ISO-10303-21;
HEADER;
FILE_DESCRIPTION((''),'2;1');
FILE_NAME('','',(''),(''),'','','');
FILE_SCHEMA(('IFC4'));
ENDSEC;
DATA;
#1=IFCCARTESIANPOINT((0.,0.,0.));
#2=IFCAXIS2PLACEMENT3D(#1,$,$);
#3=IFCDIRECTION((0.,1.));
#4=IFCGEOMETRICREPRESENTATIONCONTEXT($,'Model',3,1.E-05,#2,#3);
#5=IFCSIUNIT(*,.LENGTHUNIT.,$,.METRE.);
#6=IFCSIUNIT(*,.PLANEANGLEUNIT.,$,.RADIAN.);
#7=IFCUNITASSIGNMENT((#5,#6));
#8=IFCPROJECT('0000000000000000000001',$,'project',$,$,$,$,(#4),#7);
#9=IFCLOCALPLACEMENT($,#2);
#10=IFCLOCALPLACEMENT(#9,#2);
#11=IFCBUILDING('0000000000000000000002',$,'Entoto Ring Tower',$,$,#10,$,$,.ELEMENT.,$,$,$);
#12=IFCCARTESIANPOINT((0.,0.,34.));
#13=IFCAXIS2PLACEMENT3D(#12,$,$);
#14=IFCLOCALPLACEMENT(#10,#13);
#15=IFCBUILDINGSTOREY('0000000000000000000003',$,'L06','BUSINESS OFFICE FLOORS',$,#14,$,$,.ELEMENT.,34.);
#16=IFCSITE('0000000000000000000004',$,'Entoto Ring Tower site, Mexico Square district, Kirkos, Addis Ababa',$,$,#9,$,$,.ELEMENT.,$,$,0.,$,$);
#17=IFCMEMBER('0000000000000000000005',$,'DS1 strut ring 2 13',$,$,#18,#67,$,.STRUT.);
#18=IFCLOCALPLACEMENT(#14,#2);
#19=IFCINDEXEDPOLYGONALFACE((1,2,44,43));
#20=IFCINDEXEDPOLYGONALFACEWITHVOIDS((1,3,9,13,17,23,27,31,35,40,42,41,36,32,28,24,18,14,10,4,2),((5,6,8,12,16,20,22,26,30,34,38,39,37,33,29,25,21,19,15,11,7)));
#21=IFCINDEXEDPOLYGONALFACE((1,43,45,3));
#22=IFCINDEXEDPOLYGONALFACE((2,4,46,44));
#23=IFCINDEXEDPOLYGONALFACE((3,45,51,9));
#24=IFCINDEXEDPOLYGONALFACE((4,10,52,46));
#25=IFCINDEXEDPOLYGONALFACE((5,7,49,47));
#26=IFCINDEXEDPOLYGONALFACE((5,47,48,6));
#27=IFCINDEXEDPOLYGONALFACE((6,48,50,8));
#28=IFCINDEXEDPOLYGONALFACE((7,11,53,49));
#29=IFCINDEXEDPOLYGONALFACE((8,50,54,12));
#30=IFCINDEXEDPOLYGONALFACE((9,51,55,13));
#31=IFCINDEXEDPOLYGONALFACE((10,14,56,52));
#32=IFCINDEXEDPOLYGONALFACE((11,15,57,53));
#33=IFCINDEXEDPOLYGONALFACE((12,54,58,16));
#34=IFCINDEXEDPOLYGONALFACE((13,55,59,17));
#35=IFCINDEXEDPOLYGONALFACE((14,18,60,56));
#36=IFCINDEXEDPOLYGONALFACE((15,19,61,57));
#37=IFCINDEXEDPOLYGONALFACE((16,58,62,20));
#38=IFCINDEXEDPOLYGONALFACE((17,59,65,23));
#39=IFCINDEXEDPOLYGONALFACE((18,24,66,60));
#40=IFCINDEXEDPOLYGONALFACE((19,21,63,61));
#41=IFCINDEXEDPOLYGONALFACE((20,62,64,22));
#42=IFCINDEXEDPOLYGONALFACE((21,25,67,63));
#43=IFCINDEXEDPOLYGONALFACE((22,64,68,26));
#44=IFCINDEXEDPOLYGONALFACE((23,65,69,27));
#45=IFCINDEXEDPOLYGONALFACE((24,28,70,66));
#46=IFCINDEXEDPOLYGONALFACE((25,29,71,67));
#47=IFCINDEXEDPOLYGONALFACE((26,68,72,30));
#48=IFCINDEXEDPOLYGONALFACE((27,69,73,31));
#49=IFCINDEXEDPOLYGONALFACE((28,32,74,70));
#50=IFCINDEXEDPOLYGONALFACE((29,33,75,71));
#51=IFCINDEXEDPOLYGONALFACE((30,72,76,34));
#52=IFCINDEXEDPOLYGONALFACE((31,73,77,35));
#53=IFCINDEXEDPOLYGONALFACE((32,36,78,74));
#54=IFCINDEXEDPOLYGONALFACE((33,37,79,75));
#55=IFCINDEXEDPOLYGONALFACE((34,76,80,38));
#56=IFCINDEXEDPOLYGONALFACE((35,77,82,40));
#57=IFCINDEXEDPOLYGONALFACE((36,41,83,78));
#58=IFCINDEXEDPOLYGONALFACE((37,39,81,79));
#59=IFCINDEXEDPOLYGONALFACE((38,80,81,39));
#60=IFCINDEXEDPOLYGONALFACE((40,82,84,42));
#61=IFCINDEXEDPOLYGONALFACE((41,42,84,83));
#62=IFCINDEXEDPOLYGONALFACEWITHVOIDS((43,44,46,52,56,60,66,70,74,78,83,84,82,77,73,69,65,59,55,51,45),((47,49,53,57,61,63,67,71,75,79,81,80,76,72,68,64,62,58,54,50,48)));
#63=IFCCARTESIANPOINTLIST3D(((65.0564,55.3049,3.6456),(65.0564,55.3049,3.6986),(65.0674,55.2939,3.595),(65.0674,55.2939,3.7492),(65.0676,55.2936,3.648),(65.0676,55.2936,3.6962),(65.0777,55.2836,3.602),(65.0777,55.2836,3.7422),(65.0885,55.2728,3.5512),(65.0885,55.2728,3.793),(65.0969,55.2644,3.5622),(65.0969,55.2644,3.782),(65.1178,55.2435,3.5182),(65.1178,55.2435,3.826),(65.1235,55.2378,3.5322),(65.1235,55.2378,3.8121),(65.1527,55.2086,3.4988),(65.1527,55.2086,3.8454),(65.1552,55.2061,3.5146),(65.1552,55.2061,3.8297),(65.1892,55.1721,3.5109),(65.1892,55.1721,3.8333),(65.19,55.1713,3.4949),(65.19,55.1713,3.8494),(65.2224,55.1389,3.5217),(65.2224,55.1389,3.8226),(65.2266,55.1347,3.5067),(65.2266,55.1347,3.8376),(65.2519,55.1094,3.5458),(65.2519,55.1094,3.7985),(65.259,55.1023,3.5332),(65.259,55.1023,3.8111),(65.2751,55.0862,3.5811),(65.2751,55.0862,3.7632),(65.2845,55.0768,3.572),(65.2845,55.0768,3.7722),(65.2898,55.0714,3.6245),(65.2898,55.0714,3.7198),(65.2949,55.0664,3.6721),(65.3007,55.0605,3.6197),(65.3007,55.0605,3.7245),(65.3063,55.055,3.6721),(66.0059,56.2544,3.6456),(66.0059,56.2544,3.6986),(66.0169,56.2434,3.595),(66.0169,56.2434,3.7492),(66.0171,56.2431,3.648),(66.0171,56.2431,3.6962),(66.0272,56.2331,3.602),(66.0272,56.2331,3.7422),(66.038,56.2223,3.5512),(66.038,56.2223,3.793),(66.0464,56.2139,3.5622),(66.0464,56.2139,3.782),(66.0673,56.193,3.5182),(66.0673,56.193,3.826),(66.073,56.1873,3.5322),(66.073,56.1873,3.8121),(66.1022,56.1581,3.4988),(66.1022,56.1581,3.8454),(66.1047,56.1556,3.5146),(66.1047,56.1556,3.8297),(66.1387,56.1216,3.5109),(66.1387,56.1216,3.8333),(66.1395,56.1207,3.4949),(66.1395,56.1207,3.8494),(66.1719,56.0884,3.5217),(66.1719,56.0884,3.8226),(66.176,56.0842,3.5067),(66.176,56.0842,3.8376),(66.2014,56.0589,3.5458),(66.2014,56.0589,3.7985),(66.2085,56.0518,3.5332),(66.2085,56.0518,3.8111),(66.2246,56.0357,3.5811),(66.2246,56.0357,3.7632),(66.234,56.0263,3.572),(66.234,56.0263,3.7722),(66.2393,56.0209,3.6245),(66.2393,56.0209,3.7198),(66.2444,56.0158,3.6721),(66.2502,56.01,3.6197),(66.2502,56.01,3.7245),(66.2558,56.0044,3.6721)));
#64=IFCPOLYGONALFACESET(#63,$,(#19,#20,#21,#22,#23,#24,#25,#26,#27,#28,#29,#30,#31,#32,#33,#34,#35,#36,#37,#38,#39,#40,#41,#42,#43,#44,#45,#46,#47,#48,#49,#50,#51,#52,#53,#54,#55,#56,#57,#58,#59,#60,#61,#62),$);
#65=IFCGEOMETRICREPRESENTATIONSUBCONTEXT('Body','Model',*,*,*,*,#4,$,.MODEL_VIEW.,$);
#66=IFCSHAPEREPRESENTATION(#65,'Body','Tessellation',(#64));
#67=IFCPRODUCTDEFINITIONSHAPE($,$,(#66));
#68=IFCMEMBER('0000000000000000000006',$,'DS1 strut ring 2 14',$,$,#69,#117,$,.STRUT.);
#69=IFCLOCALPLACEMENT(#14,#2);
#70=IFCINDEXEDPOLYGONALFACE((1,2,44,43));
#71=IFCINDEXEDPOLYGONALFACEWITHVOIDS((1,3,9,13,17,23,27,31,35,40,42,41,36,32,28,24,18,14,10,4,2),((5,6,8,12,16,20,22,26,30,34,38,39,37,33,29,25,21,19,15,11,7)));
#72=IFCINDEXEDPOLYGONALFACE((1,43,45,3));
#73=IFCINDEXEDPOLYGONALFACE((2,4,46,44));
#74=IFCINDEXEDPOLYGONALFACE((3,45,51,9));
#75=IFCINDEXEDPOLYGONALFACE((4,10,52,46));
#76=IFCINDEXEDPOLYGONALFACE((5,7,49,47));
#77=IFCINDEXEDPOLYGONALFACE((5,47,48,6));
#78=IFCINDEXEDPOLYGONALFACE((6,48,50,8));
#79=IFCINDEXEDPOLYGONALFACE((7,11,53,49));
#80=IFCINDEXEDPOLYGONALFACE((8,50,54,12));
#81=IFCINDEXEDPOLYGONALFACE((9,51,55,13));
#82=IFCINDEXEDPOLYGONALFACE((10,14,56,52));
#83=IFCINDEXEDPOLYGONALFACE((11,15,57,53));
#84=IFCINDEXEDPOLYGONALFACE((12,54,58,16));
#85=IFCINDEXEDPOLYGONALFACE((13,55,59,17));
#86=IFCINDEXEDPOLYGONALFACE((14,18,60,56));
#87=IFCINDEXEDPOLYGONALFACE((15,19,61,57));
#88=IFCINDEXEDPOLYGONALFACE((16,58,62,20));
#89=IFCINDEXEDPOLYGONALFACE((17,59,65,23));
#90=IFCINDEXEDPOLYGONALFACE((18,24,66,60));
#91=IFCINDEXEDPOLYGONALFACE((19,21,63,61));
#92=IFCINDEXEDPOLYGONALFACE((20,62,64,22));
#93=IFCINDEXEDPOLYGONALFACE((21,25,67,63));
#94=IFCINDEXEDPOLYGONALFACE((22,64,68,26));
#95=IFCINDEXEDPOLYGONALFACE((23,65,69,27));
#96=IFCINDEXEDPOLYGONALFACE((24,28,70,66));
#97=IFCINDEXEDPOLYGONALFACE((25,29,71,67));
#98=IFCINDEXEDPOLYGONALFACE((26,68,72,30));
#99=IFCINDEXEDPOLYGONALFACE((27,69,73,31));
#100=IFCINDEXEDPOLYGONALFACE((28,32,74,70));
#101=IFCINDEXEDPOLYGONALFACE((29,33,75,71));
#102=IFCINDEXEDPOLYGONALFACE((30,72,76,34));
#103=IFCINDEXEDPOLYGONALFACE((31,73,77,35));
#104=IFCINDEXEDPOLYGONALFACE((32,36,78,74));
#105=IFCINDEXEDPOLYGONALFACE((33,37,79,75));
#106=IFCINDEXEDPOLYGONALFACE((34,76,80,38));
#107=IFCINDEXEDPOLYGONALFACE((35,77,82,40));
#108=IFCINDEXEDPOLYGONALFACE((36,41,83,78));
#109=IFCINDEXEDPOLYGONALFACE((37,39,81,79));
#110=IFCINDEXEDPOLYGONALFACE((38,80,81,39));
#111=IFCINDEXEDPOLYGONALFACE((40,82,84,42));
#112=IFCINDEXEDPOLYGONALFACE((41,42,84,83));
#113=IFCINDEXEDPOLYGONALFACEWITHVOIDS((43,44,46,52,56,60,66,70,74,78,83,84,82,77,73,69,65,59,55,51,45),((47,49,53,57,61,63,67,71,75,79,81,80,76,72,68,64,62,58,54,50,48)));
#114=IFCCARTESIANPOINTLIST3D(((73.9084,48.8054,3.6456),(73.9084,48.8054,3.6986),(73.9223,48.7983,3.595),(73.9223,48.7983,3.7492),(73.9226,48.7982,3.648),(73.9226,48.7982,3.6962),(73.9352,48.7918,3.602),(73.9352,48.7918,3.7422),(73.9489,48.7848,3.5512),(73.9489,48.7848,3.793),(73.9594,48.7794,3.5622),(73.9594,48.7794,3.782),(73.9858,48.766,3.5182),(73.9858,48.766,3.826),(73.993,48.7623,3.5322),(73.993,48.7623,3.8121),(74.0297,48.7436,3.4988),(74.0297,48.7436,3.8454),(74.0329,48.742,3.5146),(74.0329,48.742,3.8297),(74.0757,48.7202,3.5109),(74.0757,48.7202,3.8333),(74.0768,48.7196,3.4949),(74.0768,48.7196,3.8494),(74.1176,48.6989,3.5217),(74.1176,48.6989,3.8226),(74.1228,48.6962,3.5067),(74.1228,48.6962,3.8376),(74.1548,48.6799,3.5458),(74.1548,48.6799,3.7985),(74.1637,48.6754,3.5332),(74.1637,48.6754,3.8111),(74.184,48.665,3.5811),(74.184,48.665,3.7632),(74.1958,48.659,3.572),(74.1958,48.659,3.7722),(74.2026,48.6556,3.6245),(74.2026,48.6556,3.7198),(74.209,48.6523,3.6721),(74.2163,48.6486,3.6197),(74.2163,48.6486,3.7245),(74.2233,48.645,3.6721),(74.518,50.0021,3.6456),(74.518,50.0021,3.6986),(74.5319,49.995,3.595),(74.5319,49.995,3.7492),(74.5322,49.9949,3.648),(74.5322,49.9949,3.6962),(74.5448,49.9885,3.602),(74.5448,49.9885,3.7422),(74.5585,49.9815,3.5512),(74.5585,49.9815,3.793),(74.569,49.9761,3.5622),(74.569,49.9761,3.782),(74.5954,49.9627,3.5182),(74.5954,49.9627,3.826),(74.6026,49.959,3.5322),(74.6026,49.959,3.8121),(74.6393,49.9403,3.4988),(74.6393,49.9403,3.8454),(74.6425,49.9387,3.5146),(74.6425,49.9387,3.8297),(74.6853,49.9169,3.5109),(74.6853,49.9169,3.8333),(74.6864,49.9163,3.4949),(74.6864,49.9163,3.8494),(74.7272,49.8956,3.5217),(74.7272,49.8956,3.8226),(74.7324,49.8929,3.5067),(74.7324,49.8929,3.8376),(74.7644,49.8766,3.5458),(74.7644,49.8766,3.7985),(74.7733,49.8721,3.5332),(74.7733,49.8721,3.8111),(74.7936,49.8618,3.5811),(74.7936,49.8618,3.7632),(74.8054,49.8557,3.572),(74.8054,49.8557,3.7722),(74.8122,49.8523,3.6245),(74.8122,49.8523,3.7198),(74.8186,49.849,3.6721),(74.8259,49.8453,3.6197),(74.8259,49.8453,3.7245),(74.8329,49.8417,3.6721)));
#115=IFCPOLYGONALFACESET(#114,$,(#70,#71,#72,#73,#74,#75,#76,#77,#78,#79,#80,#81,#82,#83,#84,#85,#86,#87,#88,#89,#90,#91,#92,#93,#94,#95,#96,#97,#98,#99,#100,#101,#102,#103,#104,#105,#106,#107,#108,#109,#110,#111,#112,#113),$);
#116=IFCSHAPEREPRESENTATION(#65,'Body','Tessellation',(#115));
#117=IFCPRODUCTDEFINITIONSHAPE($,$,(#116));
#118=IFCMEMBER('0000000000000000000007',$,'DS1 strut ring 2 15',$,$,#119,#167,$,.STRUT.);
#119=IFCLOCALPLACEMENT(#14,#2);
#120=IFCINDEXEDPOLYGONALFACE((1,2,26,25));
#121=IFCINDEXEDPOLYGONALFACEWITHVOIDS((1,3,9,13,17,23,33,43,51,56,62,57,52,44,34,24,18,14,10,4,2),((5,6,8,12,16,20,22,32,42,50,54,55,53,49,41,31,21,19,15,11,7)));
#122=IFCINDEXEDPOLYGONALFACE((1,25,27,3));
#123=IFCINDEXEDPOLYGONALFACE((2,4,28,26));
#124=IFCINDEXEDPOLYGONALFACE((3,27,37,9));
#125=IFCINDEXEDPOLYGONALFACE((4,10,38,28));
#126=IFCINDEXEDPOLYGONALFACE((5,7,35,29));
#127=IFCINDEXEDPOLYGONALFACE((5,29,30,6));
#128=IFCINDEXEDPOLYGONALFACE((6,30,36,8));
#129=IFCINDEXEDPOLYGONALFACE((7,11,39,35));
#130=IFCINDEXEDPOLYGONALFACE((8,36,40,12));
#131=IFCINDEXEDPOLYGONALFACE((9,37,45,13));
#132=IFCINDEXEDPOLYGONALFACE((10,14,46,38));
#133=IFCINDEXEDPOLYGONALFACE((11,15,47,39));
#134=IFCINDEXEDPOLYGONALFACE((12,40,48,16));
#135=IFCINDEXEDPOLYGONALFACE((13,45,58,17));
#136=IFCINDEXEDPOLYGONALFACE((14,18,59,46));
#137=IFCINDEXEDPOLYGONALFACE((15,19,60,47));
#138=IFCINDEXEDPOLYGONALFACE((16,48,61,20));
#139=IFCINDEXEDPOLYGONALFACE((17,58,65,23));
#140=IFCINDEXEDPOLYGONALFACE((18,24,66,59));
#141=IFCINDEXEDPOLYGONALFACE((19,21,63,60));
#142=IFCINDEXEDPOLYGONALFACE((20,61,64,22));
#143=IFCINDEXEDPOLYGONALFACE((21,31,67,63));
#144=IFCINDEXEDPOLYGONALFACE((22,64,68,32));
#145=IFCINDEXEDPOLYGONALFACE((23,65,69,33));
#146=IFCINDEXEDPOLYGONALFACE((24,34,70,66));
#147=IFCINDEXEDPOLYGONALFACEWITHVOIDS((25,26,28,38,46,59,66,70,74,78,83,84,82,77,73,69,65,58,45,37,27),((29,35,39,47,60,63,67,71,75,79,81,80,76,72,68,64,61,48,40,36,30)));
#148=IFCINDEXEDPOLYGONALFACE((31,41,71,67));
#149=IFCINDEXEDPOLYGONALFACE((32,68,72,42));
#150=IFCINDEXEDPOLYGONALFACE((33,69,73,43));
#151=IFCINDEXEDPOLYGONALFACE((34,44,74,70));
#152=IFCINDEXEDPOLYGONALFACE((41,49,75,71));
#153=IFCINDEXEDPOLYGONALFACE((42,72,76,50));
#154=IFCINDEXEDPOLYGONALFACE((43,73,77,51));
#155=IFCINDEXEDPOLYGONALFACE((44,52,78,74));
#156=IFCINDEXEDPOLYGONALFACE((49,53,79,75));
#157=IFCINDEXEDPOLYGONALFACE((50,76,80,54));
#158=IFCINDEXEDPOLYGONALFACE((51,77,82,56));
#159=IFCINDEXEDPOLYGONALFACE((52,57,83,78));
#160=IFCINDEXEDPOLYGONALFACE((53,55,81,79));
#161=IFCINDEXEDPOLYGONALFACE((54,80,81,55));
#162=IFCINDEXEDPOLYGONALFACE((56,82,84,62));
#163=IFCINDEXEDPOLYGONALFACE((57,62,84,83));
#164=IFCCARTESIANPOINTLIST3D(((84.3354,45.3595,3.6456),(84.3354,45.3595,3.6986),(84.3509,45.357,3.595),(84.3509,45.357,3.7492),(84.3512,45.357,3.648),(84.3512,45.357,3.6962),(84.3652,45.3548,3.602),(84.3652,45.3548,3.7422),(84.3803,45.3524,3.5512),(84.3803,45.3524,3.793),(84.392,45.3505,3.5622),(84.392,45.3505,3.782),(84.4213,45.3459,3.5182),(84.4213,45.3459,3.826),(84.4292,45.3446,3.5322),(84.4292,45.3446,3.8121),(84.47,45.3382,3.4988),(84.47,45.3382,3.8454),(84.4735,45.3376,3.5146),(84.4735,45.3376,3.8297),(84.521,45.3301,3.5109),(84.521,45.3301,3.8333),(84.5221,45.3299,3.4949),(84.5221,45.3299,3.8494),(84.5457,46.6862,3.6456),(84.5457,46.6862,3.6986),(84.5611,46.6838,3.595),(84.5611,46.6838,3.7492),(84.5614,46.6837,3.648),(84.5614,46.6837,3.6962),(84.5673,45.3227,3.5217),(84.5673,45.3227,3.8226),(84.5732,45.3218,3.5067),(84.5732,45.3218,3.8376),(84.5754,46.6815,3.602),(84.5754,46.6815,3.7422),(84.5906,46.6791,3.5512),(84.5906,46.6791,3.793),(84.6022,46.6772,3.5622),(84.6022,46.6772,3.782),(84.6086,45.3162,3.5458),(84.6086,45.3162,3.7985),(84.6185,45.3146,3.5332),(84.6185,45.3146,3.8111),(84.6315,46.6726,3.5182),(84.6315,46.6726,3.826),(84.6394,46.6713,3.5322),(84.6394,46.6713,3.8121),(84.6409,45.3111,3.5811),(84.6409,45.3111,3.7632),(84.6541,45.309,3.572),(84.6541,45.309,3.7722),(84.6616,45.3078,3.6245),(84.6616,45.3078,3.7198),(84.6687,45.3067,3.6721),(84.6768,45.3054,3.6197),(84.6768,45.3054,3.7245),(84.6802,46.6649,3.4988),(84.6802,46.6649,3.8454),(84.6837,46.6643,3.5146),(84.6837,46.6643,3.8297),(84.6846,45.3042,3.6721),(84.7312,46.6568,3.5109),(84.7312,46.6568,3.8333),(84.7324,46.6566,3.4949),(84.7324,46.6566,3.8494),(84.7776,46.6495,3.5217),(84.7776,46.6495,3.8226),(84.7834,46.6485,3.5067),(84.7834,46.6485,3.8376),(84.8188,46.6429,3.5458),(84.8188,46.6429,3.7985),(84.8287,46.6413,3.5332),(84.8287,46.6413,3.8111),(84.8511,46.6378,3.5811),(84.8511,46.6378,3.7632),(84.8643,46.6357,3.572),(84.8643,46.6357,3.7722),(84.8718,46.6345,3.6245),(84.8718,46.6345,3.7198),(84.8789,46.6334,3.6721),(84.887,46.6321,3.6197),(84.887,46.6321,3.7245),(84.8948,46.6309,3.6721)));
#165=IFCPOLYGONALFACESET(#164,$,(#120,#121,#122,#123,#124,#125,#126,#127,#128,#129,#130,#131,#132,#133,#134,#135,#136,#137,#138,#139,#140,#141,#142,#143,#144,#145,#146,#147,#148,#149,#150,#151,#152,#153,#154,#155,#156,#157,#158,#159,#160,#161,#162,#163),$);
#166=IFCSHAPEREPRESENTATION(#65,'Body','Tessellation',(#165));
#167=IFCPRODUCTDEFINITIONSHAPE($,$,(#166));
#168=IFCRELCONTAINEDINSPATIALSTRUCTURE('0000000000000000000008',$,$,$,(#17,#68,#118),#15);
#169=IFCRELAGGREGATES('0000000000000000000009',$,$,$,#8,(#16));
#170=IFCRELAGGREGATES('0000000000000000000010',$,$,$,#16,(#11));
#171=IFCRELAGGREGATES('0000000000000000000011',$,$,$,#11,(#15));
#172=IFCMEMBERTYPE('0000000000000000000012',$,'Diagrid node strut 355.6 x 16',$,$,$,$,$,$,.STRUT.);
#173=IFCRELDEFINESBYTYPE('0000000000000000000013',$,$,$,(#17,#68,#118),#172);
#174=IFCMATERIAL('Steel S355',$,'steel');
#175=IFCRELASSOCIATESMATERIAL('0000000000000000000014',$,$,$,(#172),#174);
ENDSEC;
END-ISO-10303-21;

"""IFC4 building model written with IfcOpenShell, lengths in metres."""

from ifc_helpers import new_model, si_unit, direction, frame, origin, origin_2d, place, context, subcontext, project, spatial, circle, hollow_circle, extrude, material, material_profile, profile_set, type_object, element, save


model = new_model("IFC4")

# Units and contexts
model_context = context("Model", 3, precision=1e-05, world=origin(), true_north=direction((0.0, 1.0)))
body_context = subcontext(model_context, "Body", "Model", "MODEL_VIEW")
ifc_project = project(units=[si_unit("LENGTHUNIT", "METRE"), si_unit("PLANEANGLEUNIT", "RADIAN")], contexts=[model_context])

# Site, building, storey
site_placement = place(None, origin())
site = spatial("IfcSite", under=ifc_project, at=site_placement, Name="Entoto Ring Tower site, Mexico Square district, Kirkos, Addis Ababa", CompositionType="ELEMENT", RefElevation=0.0)
building_placement = place(site_placement, origin())
building = spatial("IfcBuilding", under=site, at=building_placement, Name="Entoto Ring Tower", CompositionType="ELEMENT")
storey_placement = place(building_placement, frame((0.0, 0.0, 34.0)))
storey = spatial("IfcBuildingStorey", under=building, at=storey_placement, Name="L06", Description="BUSINESS OFFICE FLOORS", CompositionType="ELEMENT", Elevation=34.0)

# Members
ifc_material_1 = material(Name="Steel S355", Category="steel")
ifc_material_profile_1 = material_profile(ifc_material_1, hollow_circle(Radius=0.1777, WallThickness=0.0161, at=origin_2d()), Name="CHS 355.6 x 16")
ifc_material_2 = material(Name="Concrete C60/75", Category="concrete")
ifc_material_profile_2 = material_profile(ifc_material_2, circle(Radius=0.1619, at=origin_2d()), Name="Concrete C60/75 infill")
ifc_profile_set_1 = profile_set([ifc_material_profile_1, ifc_material_profile_2], Name="Steel S355")
member_type = type_object("IfcMemberType", Name="Diagrid node strut 355.6 x 16", PredefinedType="STRUT", material=ifc_profile_set_1)
member_1_placement = place(storey_placement, frame((66.1301, 56.1301, 3.6721), z_axis=(-0.707107, -0.707107, 0.0), x_axis=(0.707107, -0.707107, 0.0)))
element("IfcMember", 1, at=member_1_placement, inside=storey, type_object=member_type, Name="DS1 strut ring 2 13", PredefinedType="STRUT", context=body_context, shape_type="SweptSolid", body=[
    extrude(hollow_circle(Radius=0.1777, WallThickness=0.0161, at=origin_2d()), origin(), (0.0, 0.0, 1.0), 1.3428),
])
member_2_placement = place(storey_placement, frame((74.6746, 49.9224, 3.6721), z_axis=(-0.45389, -0.891058, 0.0), x_axis=(0.891058, -0.45389, 0.0)))
element("IfcMember", 2, at=member_2_placement, inside=storey, type_object=member_type, Name="DS1 strut ring 2 14", PredefinedType="STRUT", context=body_context, shape_type="SweptSolid", body=[
    extrude(hollow_circle(Radius=0.1777, WallThickness=0.0161, at=origin_2d()), origin(), (0.0, 0.0, 1.0), 1.343),
])
member_3_placement = place(storey_placement, frame((84.7192, 46.6587, 3.6721), z_axis=(-0.156495, -0.987679, 0.0), x_axis=(0.987679, -0.156495, 0.0)))
element("IfcMember", 3, at=member_3_placement, inside=storey, type_object=member_type, Name="DS1 strut ring 2 15", PredefinedType="STRUT", context=body_context, shape_type="SweptSolid", body=[
    extrude(hollow_circle(Radius=0.1777, WallThickness=0.0161, at=origin_2d()), origin(), (0.0, 0.0, 1.0), 1.3433),
])

save(model, "model.ifc")
